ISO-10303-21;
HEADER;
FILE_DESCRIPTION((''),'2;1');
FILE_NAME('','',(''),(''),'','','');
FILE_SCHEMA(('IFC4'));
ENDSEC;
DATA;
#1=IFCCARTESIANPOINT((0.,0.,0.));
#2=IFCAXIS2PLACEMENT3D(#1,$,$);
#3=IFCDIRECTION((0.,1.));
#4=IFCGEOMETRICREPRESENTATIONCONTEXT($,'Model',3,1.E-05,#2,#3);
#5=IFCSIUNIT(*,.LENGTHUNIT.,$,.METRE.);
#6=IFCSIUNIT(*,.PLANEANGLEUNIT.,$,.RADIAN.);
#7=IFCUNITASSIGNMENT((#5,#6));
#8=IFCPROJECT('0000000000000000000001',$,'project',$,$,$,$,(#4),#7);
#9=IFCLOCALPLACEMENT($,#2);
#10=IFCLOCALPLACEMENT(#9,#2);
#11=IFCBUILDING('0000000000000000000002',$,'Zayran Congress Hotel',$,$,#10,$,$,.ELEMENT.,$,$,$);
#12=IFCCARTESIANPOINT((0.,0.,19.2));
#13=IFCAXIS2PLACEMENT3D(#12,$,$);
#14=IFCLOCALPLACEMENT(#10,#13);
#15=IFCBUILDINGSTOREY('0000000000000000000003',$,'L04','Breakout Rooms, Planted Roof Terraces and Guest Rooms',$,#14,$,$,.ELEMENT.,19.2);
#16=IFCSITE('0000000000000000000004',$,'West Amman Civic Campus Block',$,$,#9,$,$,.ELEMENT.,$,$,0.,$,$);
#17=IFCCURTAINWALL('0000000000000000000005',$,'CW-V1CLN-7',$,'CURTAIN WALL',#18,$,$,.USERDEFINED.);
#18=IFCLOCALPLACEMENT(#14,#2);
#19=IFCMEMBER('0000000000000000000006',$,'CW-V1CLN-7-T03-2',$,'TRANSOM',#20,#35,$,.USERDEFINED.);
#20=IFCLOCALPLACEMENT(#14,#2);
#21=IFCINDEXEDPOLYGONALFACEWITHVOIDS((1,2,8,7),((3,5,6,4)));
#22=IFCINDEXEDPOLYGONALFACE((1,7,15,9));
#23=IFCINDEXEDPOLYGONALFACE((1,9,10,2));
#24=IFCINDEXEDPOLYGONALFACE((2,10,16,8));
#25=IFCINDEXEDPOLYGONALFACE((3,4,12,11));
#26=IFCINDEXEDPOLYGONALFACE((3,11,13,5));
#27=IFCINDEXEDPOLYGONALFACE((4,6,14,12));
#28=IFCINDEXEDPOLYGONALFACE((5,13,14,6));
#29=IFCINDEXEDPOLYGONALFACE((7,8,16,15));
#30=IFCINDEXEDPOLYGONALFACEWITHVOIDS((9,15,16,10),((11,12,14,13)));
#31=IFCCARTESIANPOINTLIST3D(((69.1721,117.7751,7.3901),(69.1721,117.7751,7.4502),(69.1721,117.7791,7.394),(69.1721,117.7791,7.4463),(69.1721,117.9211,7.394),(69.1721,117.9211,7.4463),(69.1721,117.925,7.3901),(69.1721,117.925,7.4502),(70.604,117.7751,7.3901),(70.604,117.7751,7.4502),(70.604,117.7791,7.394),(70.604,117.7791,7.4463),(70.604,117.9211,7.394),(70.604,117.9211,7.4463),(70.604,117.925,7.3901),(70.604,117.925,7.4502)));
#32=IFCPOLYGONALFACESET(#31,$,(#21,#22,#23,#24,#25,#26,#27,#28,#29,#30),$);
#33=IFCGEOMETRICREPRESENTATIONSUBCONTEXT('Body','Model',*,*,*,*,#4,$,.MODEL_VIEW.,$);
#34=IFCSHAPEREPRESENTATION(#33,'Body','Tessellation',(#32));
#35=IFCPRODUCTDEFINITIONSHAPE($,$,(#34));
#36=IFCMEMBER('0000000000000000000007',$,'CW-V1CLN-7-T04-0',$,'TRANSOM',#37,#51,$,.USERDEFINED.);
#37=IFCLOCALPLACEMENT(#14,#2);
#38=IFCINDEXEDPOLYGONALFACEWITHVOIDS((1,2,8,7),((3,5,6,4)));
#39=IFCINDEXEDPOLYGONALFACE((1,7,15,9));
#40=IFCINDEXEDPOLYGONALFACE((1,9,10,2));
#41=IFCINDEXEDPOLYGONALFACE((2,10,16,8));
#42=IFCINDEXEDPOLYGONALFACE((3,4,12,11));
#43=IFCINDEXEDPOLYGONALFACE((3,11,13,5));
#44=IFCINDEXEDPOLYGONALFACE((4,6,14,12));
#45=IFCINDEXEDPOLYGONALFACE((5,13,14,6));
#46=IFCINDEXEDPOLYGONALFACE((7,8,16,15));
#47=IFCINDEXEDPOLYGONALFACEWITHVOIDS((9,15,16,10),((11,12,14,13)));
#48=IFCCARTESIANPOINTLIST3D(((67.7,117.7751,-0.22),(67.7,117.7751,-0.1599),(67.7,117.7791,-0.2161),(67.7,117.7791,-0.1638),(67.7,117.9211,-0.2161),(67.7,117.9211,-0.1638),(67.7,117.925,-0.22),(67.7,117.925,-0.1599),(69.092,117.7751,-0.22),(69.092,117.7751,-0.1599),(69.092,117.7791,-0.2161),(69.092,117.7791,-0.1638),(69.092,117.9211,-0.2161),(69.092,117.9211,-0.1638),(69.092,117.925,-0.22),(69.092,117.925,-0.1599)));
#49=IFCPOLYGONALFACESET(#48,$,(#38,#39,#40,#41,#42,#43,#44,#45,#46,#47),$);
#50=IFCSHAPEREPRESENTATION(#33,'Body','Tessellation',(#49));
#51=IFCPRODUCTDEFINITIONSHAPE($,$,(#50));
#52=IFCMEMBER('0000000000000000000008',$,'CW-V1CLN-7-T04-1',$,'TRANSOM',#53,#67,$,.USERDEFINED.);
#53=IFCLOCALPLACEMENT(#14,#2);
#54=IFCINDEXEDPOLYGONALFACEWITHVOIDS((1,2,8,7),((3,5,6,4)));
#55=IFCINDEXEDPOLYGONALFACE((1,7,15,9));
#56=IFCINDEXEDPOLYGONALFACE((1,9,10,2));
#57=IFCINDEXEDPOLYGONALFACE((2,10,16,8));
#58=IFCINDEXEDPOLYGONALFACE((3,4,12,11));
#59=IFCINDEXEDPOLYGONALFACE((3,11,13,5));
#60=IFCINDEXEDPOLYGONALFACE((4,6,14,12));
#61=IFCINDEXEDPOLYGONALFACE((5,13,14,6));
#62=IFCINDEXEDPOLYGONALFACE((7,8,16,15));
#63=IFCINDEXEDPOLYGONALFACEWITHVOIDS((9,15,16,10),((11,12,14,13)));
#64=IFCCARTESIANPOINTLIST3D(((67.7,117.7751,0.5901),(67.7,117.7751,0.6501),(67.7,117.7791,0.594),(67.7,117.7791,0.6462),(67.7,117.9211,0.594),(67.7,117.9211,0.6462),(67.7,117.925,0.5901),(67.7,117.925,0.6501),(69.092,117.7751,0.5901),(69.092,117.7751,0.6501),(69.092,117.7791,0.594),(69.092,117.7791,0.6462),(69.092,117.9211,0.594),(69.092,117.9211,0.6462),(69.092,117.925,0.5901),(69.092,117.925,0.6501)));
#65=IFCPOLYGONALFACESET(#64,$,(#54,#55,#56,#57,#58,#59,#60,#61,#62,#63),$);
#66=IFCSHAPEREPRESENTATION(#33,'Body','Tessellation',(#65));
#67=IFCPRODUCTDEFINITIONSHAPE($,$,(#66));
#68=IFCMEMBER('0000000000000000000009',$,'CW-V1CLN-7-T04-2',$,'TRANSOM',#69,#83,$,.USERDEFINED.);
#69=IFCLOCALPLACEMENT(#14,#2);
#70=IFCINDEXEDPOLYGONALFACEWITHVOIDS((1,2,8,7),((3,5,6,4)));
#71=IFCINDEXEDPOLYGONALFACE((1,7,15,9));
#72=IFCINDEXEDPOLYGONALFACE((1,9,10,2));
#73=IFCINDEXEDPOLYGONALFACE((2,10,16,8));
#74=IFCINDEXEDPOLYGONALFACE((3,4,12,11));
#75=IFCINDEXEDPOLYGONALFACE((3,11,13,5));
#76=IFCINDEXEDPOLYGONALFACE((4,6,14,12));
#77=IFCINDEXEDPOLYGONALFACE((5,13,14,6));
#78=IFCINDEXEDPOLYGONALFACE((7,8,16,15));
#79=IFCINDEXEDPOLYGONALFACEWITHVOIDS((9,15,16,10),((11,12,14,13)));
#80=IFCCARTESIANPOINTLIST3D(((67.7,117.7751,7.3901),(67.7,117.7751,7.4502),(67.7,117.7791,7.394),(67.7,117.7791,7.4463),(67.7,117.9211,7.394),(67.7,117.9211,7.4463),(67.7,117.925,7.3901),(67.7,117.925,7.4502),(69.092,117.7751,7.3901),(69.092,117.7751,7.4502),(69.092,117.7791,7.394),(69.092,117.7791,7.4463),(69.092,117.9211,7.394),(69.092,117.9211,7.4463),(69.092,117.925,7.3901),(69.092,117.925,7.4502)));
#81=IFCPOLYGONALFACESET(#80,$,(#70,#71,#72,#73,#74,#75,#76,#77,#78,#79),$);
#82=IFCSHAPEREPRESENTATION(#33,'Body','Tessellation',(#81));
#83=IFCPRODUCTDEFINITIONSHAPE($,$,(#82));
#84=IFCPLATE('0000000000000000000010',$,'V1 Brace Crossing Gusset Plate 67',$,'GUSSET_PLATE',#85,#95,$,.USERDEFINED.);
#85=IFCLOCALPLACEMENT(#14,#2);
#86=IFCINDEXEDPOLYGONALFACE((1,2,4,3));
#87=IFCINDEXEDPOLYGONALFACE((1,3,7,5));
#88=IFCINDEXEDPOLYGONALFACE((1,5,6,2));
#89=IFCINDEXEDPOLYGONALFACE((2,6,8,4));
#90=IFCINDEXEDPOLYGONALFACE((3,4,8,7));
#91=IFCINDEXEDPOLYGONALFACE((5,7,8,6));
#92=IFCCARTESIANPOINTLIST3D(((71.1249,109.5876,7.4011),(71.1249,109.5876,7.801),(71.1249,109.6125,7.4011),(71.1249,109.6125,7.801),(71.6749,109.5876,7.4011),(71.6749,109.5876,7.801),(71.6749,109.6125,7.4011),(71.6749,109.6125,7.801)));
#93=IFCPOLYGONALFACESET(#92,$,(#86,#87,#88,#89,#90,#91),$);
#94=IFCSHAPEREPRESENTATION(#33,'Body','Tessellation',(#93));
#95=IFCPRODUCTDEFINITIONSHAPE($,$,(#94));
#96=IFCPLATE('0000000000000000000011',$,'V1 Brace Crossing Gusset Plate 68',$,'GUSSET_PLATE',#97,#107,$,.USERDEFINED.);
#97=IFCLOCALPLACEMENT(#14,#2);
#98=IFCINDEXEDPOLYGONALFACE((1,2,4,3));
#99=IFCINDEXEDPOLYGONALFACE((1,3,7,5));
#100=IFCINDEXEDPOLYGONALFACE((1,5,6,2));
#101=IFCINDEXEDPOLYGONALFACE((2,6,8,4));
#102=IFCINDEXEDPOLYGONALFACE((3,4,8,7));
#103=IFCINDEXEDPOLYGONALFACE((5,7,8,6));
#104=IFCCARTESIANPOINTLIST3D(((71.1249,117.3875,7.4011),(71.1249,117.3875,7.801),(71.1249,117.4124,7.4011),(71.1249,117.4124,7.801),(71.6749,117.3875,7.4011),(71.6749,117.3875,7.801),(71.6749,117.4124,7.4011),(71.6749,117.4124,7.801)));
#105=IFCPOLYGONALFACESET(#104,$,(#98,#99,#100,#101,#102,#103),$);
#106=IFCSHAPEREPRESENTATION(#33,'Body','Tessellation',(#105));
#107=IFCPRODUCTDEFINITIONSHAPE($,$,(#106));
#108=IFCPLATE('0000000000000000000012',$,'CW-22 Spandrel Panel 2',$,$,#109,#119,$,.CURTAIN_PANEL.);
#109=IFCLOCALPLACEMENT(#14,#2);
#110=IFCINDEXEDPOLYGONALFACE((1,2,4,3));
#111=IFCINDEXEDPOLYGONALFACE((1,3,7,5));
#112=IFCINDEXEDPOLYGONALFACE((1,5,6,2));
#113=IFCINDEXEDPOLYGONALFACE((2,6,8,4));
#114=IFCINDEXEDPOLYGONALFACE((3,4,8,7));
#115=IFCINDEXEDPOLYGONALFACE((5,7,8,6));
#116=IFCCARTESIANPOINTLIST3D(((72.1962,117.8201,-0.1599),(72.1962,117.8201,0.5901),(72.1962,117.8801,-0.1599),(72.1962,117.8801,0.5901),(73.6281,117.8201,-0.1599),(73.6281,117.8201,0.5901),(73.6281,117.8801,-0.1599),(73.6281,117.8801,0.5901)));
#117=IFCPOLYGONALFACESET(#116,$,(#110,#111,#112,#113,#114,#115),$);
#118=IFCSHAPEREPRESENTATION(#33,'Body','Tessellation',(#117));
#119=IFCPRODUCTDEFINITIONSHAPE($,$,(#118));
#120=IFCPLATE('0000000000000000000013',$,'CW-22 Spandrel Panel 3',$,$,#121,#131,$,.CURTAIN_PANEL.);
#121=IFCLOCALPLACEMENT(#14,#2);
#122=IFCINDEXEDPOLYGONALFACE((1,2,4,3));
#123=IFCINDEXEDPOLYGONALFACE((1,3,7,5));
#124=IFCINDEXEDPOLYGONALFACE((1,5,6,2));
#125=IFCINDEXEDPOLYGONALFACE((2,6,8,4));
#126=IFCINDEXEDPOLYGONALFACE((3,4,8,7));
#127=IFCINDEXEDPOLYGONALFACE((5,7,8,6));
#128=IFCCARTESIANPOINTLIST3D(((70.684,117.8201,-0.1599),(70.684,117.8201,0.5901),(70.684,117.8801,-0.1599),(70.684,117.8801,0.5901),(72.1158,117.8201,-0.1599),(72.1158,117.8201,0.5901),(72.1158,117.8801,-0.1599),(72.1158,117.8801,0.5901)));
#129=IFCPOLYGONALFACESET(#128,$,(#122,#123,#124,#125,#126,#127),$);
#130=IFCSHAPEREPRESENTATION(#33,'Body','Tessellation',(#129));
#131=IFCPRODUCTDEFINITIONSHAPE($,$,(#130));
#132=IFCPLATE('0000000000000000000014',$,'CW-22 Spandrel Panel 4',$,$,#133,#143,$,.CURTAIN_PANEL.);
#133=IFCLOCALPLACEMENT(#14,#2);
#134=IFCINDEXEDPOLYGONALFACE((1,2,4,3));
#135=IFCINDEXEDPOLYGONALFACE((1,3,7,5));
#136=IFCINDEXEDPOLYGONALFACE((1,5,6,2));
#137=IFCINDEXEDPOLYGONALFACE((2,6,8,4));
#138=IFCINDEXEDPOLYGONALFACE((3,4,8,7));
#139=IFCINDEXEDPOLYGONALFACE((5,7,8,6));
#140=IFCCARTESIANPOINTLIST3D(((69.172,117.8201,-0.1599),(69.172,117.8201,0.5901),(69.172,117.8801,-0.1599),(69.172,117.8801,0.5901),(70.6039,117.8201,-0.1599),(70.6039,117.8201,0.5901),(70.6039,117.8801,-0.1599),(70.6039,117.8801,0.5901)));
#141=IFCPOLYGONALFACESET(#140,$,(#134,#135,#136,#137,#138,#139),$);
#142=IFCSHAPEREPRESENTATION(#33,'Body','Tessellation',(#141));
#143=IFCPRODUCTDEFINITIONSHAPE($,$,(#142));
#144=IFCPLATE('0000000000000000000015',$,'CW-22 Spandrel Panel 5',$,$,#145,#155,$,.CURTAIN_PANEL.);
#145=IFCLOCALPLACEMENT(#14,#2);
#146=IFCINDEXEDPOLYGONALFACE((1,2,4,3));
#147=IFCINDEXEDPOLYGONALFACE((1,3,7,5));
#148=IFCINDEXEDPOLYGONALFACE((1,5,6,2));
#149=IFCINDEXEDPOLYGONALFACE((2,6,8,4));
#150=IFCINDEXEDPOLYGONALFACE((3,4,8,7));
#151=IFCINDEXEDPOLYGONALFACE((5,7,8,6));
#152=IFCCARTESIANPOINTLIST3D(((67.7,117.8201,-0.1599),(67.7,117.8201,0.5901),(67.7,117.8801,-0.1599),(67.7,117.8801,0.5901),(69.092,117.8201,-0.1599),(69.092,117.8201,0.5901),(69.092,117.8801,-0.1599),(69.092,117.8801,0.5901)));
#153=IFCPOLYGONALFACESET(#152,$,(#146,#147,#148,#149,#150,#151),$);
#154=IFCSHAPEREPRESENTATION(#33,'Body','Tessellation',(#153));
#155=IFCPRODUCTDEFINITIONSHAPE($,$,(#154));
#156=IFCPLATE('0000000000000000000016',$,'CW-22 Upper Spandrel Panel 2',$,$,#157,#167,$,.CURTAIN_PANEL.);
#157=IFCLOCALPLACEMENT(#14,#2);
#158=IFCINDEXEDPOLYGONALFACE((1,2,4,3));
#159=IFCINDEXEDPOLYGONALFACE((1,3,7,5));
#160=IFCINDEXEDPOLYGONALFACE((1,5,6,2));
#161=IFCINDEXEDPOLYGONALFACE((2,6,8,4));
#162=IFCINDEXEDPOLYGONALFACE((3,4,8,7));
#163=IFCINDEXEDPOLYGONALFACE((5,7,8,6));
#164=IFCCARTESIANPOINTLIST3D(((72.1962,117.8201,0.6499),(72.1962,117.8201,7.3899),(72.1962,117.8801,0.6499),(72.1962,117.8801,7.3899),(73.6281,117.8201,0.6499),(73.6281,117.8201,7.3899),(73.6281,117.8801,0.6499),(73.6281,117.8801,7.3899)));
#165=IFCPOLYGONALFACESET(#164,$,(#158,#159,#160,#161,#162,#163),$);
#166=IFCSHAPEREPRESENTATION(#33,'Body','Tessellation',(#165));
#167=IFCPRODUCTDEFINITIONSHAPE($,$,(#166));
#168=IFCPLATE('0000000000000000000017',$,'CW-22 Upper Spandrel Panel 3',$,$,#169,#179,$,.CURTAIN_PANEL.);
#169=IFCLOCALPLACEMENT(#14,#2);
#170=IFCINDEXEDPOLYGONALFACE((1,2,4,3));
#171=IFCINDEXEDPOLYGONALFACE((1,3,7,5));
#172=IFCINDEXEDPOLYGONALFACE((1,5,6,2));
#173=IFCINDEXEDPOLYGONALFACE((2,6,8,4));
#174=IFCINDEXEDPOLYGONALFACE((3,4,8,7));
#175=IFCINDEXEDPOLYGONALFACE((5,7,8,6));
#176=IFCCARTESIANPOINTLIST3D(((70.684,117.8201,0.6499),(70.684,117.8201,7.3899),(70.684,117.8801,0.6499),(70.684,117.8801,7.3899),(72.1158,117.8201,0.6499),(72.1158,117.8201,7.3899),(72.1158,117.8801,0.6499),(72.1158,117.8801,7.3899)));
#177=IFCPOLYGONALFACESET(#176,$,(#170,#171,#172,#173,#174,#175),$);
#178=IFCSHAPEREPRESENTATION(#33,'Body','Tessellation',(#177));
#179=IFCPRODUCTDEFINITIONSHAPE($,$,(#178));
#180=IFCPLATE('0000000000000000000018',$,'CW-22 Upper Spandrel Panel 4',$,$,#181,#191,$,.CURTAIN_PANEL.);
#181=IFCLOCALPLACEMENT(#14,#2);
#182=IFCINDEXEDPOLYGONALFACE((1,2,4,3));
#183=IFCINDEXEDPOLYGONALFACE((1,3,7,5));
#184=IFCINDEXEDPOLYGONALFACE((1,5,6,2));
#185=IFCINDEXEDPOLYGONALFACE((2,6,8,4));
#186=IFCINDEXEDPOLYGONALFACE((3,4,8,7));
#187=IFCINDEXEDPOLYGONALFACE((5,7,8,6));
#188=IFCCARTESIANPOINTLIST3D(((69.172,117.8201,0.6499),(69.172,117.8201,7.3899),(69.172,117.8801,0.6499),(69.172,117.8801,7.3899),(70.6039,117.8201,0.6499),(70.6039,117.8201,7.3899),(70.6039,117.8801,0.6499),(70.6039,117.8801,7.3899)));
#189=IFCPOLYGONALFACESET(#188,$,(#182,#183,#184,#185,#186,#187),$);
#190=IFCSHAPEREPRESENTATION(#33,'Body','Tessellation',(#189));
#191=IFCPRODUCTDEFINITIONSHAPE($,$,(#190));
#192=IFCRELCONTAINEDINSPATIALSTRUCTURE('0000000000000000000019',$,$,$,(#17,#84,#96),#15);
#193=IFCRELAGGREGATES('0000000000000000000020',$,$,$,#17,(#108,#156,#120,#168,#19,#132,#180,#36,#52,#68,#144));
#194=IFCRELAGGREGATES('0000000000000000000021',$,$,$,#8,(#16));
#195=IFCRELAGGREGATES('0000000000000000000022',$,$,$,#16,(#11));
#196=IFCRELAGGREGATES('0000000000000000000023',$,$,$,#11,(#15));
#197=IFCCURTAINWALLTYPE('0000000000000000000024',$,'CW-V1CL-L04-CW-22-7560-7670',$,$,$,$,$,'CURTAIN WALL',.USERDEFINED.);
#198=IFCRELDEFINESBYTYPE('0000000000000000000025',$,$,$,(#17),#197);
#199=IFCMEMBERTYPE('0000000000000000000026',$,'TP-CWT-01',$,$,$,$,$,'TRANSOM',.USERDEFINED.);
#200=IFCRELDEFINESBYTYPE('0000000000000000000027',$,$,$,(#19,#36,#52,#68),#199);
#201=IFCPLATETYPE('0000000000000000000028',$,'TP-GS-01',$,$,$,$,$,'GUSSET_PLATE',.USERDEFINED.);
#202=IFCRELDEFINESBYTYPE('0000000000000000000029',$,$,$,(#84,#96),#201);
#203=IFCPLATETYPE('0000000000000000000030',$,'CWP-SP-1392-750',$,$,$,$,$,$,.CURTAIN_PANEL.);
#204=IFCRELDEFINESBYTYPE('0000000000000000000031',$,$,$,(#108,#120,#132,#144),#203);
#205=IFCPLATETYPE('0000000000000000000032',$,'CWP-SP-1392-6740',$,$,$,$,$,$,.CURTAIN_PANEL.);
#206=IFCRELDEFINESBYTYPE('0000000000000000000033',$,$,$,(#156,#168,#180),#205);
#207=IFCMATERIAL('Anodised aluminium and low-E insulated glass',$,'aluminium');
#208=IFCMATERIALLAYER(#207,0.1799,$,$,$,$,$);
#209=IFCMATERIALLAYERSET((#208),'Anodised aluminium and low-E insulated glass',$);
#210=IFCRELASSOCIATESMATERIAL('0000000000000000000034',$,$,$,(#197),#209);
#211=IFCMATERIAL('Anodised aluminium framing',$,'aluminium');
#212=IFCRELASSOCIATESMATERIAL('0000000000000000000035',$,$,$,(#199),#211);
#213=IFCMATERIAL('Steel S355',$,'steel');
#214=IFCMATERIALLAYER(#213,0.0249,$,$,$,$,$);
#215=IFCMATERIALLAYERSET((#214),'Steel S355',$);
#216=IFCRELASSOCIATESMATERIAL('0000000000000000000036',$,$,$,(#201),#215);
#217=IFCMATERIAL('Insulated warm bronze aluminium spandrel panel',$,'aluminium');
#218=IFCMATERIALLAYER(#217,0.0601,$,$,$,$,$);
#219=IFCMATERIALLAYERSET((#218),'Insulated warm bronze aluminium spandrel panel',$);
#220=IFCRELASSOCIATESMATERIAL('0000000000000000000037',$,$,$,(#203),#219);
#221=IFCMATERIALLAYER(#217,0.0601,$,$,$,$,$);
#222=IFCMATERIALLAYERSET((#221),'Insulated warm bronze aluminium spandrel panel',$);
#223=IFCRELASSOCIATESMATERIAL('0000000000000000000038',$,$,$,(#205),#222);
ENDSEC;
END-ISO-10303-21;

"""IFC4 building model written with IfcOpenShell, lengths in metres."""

from ifc_helpers import new_model, si_unit, direction, frame, origin, origin_2d, place, context, subcontext, project, spatial, rectangle, hollow_rectangle, extrude, material, layer, layer_set, material_profile, profile_set, type_object, element, aggregate, save


model = new_model("IFC4")

# Units and contexts
model_context = context("Model", 3, precision=1e-05, world=origin(), true_north=direction((0.0, 1.0)))
body_context = subcontext(model_context, "Body", "Model", "MODEL_VIEW")
ifc_project = project(units=[si_unit("LENGTHUNIT", "METRE"), si_unit("PLANEANGLEUNIT", "RADIAN")], contexts=[model_context])

# Site, building, storey
site_placement = place(None, origin())
site = spatial("IfcSite", under=ifc_project, at=site_placement, Name="West Amman Civic Campus Block", CompositionType="ELEMENT", RefElevation=0.0)
building_placement = place(site_placement, origin())
building = spatial("IfcBuilding", under=site, at=building_placement, Name="Zayran Congress Hotel", CompositionType="ELEMENT")
storey_placement = place(building_placement, frame((0.0, 0.0, 19.2)))
storey = spatial("IfcBuildingStorey", under=building, at=storey_placement, Name="L04", Description="Breakout Rooms, Planted Roof Terraces and Guest Rooms", CompositionType="ELEMENT", Elevation=19.2)

# Shared definitions
ifc_material_1 = material(Name="Steel S355", Category="steel")

# Curtain wall, members
ifc_material_2 = material(Name="Anodised aluminium and low-E insulated glass", Category="aluminium")
ifc_layer_1 = layer(ifc_material_2, 0.1799)
ifc_layer_set_1 = layer_set([ifc_layer_1], Name="Anodised aluminium and low-E insulated glass")
curtain_wall_type = type_object("IfcCurtainWallType", Name="CW-V1CL-L04-CW-22-7560-7670", ElementType="CURTAIN WALL", PredefinedType="USERDEFINED", material=ifc_layer_set_1)
curtain_wall_placement = place(storey_placement, origin())
curtain_wall = element("IfcCurtainWall", 1, at=curtain_wall_placement, inside=storey, type_object=curtain_wall_type, Name="CW-V1CLN-7", ObjectType="CURTAIN WALL", PredefinedType="USERDEFINED")
ifc_material_3 = material(Name="Anodised aluminium framing", Category="aluminium")
ifc_material_profile_1 = material_profile(ifc_material_3, hollow_rectangle(XDim=0.0601, YDim=0.1499, WallThickness=0.0039, at=origin_2d()), Name="RHS 150x60x4")
ifc_profile_set_1 = profile_set([ifc_material_profile_1], Name="Anodised aluminium framing")
member_type_1 = type_object("IfcMemberType", Name="TP-CWT-01", ElementType="TRANSOM", PredefinedType="USERDEFINED", material=ifc_profile_set_1)
member_1_placement = place(storey_placement, frame((70.604, 117.8501, 7.4202), z_axis=(-1.0, 0.0, 0.0), x_axis=(0.0, 0.0, 1.0)))
member_1 = element("IfcMember", 2, at=member_1_placement, type_object=member_type_1, Name="CW-V1CLN-7-T03-2", ObjectType="TRANSOM", PredefinedType="USERDEFINED", context=body_context, shape_type="SweptSolid", body=[
    extrude(hollow_rectangle(XDim=0.0601, YDim=0.1499, WallThickness=0.0039, at=origin_2d()), origin(), (0.0, 0.0, 1.0), 1.4319),
])
member_2_placement = place(storey_placement, frame((69.092, 117.8501, -0.1899), z_axis=(-1.0, 0.0, 0.0), x_axis=(0.0, 0.0, 1.0)))
member_2 = element("IfcMember", 3, at=member_2_placement, type_object=member_type_1, Name="CW-V1CLN-7-T04-0", ObjectType="TRANSOM", PredefinedType="USERDEFINED", context=body_context, shape_type="SweptSolid", body=[
    extrude(hollow_rectangle(XDim=0.0601, YDim=0.1499, WallThickness=0.0039, at=origin_2d()), origin(), (0.0, 0.0, 1.0), 1.3921),
])
member_3_placement = place(storey_placement, frame((69.092, 117.8501, 0.6201), z_axis=(-1.0, 0.0, 0.0), x_axis=(0.0, 0.0, 1.0)))
member_3 = element("IfcMember", 4, at=member_3_placement, type_object=member_type_1, Name="CW-V1CLN-7-T04-1", ObjectType="TRANSOM", PredefinedType="USERDEFINED", context=body_context, shape_type="SweptSolid", body=[
    extrude(hollow_rectangle(XDim=0.0601, YDim=0.1499, WallThickness=0.0039, at=origin_2d()), origin(), (0.0, 0.0, 1.0), 1.3921),
])
member_4_placement = place(storey_placement, frame((69.092, 117.8501, 7.4202), z_axis=(-1.0, 0.0, 0.0), x_axis=(0.0, 0.0, 1.0)))
member_4 = element("IfcMember", 5, at=member_4_placement, type_object=member_type_1, Name="CW-V1CLN-7-T04-2", ObjectType="TRANSOM", PredefinedType="USERDEFINED", context=body_context, shape_type="SweptSolid", body=[
    extrude(hollow_rectangle(XDim=0.0601, YDim=0.1499, WallThickness=0.0039, at=origin_2d()), origin(), (0.0, 0.0, 1.0), 1.3921),
])

# Plates
ifc_layer_2 = layer(ifc_material_1, 0.0249)
ifc_layer_set_2 = layer_set([ifc_layer_2], Name="Steel S355")
plate_type_1 = type_object("IfcPlateType", Name="TP-GS-01", ElementType="GUSSET_PLATE", PredefinedType="USERDEFINED", material=ifc_layer_set_2)
for number, where, z_axis, x_axis, name in (
    (6, (71.3999, 109.6001, 7.4011), (0.0, 0.0, 1.0), (1.0, 0.0, 0.0), "V1 Brace Crossing Gusset Plate 67"),
    (7, (71.3999, 117.3999, 7.4011), (0.0, 0.0, 1.0), (1.0, 0.0, 0.0), "V1 Brace Crossing Gusset Plate 68"),
):
    element("IfcPlate", number, at=place(storey_placement, frame(where, z_axis=z_axis, x_axis=x_axis)), inside=storey, type_object=plate_type_1, Name=name, ObjectType="GUSSET_PLATE", PredefinedType="USERDEFINED", context=body_context, shape_type="SweptSolid", body=[
        extrude(rectangle(XDim=0.55, YDim=0.0249, at=origin_2d()), origin(), (0.0, 0.0, 1.0), 0.3999),
    ])

# Plates
ifc_material_4 = material(Name="Insulated warm bronze aluminium spandrel panel", Category="aluminium")
ifc_layer_3 = layer(ifc_material_4, 0.0601)
ifc_layer_set_3 = layer_set([ifc_layer_3], Name="Insulated warm bronze aluminium spandrel panel")
plate_type_2 = type_object("IfcPlateType", Name="CWP-SP-1392-750", PredefinedType="CURTAIN_PANEL", material=ifc_layer_set_3)
plate_1_placement = place(storey_placement, frame((72.9121, 117.8501, -0.1599), z_axis=(0.0, 0.0, 1.0), x_axis=(1.0, 0.0, 0.0)))
plate_1 = element("IfcPlate", 8, at=plate_1_placement, type_object=plate_type_2, Name="CW-22 Spandrel Panel 2", PredefinedType="CURTAIN_PANEL", context=body_context, shape_type="SweptSolid", body=[
    extrude(rectangle(XDim=1.4319, YDim=0.0601, at=origin_2d()), origin(), (0.0, 0.0, 1.0), 0.75),
])
plate_2_placement = place(storey_placement, frame((71.3999, 117.8501, -0.1599), z_axis=(0.0, 0.0, 1.0), x_axis=(1.0, 0.0, 0.0)))
plate_2 = element("IfcPlate", 9, at=plate_2_placement, type_object=plate_type_2, Name="CW-22 Spandrel Panel 3", PredefinedType="CURTAIN_PANEL", context=body_context, shape_type="SweptSolid", body=[
    extrude(rectangle(XDim=1.4319, YDim=0.0601, at=origin_2d()), origin(), (0.0, 0.0, 1.0), 0.75),
])
plate_3_placement = place(storey_placement, frame((69.8879, 117.8501, -0.1599), z_axis=(0.0, 0.0, 1.0), x_axis=(1.0, 0.0, 0.0)))
plate_3 = element("IfcPlate", 10, at=plate_3_placement, type_object=plate_type_2, Name="CW-22 Spandrel Panel 4", PredefinedType="CURTAIN_PANEL", context=body_context, shape_type="SweptSolid", body=[
    extrude(rectangle(XDim=1.4319, YDim=0.0601, at=origin_2d()), origin(), (0.0, 0.0, 1.0), 0.75),
])
plate_4_placement = place(storey_placement, frame((68.396, 117.8501, -0.1599), z_axis=(0.0, 0.0, 1.0), x_axis=(1.0, 0.0, 0.0)))
plate_4 = element("IfcPlate", 11, at=plate_4_placement, type_object=plate_type_2, Name="CW-22 Spandrel Panel 5", PredefinedType="CURTAIN_PANEL", context=body_context, shape_type="SweptSolid", body=[
    extrude(rectangle(XDim=1.3921, YDim=0.0601, at=origin_2d()), origin(), (0.0, 0.0, 1.0), 0.75),
])
ifc_layer_4 = layer(ifc_material_4, 0.0601)
ifc_layer_set_4 = layer_set([ifc_layer_4], Name="Insulated warm bronze aluminium spandrel panel")
plate_type_3 = type_object("IfcPlateType", Name="CWP-SP-1392-6740", PredefinedType="CURTAIN_PANEL", material=ifc_layer_set_4)
plate_5_placement = place(storey_placement, frame((72.9121, 117.8501, 0.6499), z_axis=(0.0, 0.0, 1.0), x_axis=(1.0, 0.0, 0.0)))
plate_5 = element("IfcPlate", 12, at=plate_5_placement, type_object=plate_type_3, Name="CW-22 Upper Spandrel Panel 2", PredefinedType="CURTAIN_PANEL", context=body_context, shape_type="SweptSolid", body=[
    extrude(rectangle(XDim=1.4319, YDim=0.0601, at=origin_2d()), origin(), (0.0, 0.0, 1.0), 6.74),
])
plate_6_placement = place(storey_placement, frame((71.3999, 117.8501, 0.6499), z_axis=(0.0, 0.0, 1.0), x_axis=(1.0, 0.0, 0.0)))
plate_6 = element("IfcPlate", 13, at=plate_6_placement, type_object=plate_type_3, Name="CW-22 Upper Spandrel Panel 3", PredefinedType="CURTAIN_PANEL", context=body_context, shape_type="SweptSolid", body=[
    extrude(rectangle(XDim=1.4319, YDim=0.0601, at=origin_2d()), origin(), (0.0, 0.0, 1.0), 6.74),
])
plate_7_placement = place(storey_placement, frame((69.8879, 117.8501, 0.6499), z_axis=(0.0, 0.0, 1.0), x_axis=(1.0, 0.0, 0.0)))
plate_7 = element("IfcPlate", 14, at=plate_7_placement, type_object=plate_type_3, Name="CW-22 Upper Spandrel Panel 4", PredefinedType="CURTAIN_PANEL", context=body_context, shape_type="SweptSolid", body=[
    extrude(rectangle(XDim=1.4319, YDim=0.0601, at=origin_2d()), origin(), (0.0, 0.0, 1.0), 6.74),
])
aggregate(curtain_wall, [plate_1, plate_5, plate_2, plate_6, member_1, plate_3, plate_7, member_2, member_3, member_4, plate_4])

save(model, "model.ifc")
